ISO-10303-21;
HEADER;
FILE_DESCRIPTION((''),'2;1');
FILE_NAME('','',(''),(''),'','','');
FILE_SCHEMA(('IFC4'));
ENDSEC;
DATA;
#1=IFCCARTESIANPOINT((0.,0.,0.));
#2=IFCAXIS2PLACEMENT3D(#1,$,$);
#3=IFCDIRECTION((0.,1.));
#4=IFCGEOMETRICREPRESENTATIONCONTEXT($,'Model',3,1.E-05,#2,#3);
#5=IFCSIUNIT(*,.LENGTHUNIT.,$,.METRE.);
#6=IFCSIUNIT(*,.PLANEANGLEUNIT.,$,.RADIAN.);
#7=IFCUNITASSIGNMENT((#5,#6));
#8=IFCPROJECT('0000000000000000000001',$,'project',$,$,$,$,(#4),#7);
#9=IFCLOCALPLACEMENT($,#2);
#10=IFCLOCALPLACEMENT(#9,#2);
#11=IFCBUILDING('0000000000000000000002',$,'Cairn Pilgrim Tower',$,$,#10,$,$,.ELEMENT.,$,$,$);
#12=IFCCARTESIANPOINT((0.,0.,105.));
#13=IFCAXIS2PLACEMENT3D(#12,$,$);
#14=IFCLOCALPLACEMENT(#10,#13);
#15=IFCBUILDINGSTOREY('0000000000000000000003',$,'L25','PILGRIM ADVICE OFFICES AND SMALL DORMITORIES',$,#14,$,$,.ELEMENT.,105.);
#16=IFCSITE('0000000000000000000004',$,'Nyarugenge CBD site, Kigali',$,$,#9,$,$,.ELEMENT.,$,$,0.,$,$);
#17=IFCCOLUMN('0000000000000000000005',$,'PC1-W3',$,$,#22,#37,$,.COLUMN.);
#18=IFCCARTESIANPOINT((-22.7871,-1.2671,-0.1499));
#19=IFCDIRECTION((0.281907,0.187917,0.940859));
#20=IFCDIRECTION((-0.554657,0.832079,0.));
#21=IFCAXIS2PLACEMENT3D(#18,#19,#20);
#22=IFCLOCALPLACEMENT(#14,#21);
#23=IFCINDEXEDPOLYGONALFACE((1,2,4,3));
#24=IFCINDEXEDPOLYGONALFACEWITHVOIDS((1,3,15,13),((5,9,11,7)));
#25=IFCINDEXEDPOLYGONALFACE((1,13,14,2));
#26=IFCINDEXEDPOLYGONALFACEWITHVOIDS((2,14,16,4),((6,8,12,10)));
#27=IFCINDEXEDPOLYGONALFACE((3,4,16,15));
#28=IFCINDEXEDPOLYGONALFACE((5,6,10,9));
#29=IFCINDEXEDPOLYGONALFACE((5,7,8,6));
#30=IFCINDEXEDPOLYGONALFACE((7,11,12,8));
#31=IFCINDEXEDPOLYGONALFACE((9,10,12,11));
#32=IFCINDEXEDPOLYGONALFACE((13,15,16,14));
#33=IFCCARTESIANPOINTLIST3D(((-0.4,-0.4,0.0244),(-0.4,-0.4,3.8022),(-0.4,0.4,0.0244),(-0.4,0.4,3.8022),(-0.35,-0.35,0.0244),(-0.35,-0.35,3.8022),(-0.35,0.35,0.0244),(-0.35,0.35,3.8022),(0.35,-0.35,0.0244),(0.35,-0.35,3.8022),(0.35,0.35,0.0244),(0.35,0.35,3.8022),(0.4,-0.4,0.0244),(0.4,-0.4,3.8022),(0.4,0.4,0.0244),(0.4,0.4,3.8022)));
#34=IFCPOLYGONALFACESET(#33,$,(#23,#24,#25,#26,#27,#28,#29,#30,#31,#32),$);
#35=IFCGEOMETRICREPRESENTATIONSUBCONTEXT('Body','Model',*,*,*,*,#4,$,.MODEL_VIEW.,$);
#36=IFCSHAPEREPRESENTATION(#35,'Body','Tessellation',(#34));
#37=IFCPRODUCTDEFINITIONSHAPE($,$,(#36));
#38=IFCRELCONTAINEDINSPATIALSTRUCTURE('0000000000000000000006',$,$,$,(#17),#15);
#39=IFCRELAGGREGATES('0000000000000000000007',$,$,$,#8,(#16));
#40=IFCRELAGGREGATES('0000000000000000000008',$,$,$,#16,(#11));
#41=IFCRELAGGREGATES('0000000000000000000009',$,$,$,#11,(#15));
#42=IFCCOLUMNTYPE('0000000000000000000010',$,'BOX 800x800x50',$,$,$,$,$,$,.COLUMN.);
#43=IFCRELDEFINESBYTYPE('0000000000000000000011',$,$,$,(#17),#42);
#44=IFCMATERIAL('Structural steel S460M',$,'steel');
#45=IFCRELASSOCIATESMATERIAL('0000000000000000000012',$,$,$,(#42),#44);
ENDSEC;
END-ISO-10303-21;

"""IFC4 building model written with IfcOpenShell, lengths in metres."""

from ifc_helpers import new_model, si_unit, direction, frame, origin, origin_2d, place, context, subcontext, project, spatial, hollow_rectangle, extrude, clip, halfspace, material, material_profile, profile_set, type_object, element, save


model = new_model("IFC4")

# Units and contexts
model_context = context("Model", 3, precision=1e-05, world=origin(), true_north=direction((0.0, 1.0)))
body_context = subcontext(model_context, "Body", "Model", "MODEL_VIEW")
ifc_project = project(units=[si_unit("LENGTHUNIT", "METRE"), si_unit("PLANEANGLEUNIT", "RADIAN")], contexts=[model_context])

# Site, building, storey
site_placement = place(None, origin())
site = spatial("IfcSite", under=ifc_project, at=site_placement, Name="Nyarugenge CBD site, Kigali", CompositionType="ELEMENT", RefElevation=0.0)
building_placement = place(site_placement, origin())
building = spatial("IfcBuilding", under=site, at=building_placement, Name="Cairn Pilgrim Tower", CompositionType="ELEMENT")
storey_placement = place(building_placement, frame((0.0, 0.0, 105.0)))
storey = spatial("IfcBuildingStorey", under=building, at=storey_placement, Name="L25", Description="PILGRIM ADVICE OFFICES AND SMALL DORMITORIES", CompositionType="ELEMENT", Elevation=105.0)

# Column
ifc_material_1 = material(Name="Structural steel S460M", Category="steel")
ifc_material_profile_1 = material_profile(ifc_material_1, hollow_rectangle(XDim=0.8, YDim=0.8, WallThickness=0.05, at=origin_2d()), Name="BOX 800x800x50")
ifc_profile_set_1 = profile_set([ifc_material_profile_1], Name="Structural steel S460M")
column_type_1 = type_object("IfcColumnType", Name="BOX 800x800x50", PredefinedType="COLUMN", material=ifc_profile_set_1)
column_placement = place(storey_placement, frame((-22.7871, -1.2671, -0.1499), z_axis=(0.281907, 0.187917, 0.940859), x_axis=(-0.554657, 0.832079, 0.0)))
element("IfcColumn", 1, at=column_placement, inside=storey, type_object=column_type_1, Name="PC1-W3", PredefinedType="COLUMN", context=body_context, shape_type="Clipping", body=[
    clip(clip(extrude(hollow_rectangle(XDim=0.8, YDim=0.8, WallThickness=0.05, at=origin_2d()), origin(), (0.0, 0.0, 1.0), 3.8262), halfspace(frame((0.0, 0.0, 0.0244), z_axis=(0.0, 0.0, 1.0), x_axis=(1.0, 0.0, 0.0)), True)), halfspace(frame((0.0, 0.0, 3.8022), z_axis=(0.0, 0.0, 1.0), x_axis=(1.0, 0.0, 0.0)), False)),
])

save(model, "model.ifc")
